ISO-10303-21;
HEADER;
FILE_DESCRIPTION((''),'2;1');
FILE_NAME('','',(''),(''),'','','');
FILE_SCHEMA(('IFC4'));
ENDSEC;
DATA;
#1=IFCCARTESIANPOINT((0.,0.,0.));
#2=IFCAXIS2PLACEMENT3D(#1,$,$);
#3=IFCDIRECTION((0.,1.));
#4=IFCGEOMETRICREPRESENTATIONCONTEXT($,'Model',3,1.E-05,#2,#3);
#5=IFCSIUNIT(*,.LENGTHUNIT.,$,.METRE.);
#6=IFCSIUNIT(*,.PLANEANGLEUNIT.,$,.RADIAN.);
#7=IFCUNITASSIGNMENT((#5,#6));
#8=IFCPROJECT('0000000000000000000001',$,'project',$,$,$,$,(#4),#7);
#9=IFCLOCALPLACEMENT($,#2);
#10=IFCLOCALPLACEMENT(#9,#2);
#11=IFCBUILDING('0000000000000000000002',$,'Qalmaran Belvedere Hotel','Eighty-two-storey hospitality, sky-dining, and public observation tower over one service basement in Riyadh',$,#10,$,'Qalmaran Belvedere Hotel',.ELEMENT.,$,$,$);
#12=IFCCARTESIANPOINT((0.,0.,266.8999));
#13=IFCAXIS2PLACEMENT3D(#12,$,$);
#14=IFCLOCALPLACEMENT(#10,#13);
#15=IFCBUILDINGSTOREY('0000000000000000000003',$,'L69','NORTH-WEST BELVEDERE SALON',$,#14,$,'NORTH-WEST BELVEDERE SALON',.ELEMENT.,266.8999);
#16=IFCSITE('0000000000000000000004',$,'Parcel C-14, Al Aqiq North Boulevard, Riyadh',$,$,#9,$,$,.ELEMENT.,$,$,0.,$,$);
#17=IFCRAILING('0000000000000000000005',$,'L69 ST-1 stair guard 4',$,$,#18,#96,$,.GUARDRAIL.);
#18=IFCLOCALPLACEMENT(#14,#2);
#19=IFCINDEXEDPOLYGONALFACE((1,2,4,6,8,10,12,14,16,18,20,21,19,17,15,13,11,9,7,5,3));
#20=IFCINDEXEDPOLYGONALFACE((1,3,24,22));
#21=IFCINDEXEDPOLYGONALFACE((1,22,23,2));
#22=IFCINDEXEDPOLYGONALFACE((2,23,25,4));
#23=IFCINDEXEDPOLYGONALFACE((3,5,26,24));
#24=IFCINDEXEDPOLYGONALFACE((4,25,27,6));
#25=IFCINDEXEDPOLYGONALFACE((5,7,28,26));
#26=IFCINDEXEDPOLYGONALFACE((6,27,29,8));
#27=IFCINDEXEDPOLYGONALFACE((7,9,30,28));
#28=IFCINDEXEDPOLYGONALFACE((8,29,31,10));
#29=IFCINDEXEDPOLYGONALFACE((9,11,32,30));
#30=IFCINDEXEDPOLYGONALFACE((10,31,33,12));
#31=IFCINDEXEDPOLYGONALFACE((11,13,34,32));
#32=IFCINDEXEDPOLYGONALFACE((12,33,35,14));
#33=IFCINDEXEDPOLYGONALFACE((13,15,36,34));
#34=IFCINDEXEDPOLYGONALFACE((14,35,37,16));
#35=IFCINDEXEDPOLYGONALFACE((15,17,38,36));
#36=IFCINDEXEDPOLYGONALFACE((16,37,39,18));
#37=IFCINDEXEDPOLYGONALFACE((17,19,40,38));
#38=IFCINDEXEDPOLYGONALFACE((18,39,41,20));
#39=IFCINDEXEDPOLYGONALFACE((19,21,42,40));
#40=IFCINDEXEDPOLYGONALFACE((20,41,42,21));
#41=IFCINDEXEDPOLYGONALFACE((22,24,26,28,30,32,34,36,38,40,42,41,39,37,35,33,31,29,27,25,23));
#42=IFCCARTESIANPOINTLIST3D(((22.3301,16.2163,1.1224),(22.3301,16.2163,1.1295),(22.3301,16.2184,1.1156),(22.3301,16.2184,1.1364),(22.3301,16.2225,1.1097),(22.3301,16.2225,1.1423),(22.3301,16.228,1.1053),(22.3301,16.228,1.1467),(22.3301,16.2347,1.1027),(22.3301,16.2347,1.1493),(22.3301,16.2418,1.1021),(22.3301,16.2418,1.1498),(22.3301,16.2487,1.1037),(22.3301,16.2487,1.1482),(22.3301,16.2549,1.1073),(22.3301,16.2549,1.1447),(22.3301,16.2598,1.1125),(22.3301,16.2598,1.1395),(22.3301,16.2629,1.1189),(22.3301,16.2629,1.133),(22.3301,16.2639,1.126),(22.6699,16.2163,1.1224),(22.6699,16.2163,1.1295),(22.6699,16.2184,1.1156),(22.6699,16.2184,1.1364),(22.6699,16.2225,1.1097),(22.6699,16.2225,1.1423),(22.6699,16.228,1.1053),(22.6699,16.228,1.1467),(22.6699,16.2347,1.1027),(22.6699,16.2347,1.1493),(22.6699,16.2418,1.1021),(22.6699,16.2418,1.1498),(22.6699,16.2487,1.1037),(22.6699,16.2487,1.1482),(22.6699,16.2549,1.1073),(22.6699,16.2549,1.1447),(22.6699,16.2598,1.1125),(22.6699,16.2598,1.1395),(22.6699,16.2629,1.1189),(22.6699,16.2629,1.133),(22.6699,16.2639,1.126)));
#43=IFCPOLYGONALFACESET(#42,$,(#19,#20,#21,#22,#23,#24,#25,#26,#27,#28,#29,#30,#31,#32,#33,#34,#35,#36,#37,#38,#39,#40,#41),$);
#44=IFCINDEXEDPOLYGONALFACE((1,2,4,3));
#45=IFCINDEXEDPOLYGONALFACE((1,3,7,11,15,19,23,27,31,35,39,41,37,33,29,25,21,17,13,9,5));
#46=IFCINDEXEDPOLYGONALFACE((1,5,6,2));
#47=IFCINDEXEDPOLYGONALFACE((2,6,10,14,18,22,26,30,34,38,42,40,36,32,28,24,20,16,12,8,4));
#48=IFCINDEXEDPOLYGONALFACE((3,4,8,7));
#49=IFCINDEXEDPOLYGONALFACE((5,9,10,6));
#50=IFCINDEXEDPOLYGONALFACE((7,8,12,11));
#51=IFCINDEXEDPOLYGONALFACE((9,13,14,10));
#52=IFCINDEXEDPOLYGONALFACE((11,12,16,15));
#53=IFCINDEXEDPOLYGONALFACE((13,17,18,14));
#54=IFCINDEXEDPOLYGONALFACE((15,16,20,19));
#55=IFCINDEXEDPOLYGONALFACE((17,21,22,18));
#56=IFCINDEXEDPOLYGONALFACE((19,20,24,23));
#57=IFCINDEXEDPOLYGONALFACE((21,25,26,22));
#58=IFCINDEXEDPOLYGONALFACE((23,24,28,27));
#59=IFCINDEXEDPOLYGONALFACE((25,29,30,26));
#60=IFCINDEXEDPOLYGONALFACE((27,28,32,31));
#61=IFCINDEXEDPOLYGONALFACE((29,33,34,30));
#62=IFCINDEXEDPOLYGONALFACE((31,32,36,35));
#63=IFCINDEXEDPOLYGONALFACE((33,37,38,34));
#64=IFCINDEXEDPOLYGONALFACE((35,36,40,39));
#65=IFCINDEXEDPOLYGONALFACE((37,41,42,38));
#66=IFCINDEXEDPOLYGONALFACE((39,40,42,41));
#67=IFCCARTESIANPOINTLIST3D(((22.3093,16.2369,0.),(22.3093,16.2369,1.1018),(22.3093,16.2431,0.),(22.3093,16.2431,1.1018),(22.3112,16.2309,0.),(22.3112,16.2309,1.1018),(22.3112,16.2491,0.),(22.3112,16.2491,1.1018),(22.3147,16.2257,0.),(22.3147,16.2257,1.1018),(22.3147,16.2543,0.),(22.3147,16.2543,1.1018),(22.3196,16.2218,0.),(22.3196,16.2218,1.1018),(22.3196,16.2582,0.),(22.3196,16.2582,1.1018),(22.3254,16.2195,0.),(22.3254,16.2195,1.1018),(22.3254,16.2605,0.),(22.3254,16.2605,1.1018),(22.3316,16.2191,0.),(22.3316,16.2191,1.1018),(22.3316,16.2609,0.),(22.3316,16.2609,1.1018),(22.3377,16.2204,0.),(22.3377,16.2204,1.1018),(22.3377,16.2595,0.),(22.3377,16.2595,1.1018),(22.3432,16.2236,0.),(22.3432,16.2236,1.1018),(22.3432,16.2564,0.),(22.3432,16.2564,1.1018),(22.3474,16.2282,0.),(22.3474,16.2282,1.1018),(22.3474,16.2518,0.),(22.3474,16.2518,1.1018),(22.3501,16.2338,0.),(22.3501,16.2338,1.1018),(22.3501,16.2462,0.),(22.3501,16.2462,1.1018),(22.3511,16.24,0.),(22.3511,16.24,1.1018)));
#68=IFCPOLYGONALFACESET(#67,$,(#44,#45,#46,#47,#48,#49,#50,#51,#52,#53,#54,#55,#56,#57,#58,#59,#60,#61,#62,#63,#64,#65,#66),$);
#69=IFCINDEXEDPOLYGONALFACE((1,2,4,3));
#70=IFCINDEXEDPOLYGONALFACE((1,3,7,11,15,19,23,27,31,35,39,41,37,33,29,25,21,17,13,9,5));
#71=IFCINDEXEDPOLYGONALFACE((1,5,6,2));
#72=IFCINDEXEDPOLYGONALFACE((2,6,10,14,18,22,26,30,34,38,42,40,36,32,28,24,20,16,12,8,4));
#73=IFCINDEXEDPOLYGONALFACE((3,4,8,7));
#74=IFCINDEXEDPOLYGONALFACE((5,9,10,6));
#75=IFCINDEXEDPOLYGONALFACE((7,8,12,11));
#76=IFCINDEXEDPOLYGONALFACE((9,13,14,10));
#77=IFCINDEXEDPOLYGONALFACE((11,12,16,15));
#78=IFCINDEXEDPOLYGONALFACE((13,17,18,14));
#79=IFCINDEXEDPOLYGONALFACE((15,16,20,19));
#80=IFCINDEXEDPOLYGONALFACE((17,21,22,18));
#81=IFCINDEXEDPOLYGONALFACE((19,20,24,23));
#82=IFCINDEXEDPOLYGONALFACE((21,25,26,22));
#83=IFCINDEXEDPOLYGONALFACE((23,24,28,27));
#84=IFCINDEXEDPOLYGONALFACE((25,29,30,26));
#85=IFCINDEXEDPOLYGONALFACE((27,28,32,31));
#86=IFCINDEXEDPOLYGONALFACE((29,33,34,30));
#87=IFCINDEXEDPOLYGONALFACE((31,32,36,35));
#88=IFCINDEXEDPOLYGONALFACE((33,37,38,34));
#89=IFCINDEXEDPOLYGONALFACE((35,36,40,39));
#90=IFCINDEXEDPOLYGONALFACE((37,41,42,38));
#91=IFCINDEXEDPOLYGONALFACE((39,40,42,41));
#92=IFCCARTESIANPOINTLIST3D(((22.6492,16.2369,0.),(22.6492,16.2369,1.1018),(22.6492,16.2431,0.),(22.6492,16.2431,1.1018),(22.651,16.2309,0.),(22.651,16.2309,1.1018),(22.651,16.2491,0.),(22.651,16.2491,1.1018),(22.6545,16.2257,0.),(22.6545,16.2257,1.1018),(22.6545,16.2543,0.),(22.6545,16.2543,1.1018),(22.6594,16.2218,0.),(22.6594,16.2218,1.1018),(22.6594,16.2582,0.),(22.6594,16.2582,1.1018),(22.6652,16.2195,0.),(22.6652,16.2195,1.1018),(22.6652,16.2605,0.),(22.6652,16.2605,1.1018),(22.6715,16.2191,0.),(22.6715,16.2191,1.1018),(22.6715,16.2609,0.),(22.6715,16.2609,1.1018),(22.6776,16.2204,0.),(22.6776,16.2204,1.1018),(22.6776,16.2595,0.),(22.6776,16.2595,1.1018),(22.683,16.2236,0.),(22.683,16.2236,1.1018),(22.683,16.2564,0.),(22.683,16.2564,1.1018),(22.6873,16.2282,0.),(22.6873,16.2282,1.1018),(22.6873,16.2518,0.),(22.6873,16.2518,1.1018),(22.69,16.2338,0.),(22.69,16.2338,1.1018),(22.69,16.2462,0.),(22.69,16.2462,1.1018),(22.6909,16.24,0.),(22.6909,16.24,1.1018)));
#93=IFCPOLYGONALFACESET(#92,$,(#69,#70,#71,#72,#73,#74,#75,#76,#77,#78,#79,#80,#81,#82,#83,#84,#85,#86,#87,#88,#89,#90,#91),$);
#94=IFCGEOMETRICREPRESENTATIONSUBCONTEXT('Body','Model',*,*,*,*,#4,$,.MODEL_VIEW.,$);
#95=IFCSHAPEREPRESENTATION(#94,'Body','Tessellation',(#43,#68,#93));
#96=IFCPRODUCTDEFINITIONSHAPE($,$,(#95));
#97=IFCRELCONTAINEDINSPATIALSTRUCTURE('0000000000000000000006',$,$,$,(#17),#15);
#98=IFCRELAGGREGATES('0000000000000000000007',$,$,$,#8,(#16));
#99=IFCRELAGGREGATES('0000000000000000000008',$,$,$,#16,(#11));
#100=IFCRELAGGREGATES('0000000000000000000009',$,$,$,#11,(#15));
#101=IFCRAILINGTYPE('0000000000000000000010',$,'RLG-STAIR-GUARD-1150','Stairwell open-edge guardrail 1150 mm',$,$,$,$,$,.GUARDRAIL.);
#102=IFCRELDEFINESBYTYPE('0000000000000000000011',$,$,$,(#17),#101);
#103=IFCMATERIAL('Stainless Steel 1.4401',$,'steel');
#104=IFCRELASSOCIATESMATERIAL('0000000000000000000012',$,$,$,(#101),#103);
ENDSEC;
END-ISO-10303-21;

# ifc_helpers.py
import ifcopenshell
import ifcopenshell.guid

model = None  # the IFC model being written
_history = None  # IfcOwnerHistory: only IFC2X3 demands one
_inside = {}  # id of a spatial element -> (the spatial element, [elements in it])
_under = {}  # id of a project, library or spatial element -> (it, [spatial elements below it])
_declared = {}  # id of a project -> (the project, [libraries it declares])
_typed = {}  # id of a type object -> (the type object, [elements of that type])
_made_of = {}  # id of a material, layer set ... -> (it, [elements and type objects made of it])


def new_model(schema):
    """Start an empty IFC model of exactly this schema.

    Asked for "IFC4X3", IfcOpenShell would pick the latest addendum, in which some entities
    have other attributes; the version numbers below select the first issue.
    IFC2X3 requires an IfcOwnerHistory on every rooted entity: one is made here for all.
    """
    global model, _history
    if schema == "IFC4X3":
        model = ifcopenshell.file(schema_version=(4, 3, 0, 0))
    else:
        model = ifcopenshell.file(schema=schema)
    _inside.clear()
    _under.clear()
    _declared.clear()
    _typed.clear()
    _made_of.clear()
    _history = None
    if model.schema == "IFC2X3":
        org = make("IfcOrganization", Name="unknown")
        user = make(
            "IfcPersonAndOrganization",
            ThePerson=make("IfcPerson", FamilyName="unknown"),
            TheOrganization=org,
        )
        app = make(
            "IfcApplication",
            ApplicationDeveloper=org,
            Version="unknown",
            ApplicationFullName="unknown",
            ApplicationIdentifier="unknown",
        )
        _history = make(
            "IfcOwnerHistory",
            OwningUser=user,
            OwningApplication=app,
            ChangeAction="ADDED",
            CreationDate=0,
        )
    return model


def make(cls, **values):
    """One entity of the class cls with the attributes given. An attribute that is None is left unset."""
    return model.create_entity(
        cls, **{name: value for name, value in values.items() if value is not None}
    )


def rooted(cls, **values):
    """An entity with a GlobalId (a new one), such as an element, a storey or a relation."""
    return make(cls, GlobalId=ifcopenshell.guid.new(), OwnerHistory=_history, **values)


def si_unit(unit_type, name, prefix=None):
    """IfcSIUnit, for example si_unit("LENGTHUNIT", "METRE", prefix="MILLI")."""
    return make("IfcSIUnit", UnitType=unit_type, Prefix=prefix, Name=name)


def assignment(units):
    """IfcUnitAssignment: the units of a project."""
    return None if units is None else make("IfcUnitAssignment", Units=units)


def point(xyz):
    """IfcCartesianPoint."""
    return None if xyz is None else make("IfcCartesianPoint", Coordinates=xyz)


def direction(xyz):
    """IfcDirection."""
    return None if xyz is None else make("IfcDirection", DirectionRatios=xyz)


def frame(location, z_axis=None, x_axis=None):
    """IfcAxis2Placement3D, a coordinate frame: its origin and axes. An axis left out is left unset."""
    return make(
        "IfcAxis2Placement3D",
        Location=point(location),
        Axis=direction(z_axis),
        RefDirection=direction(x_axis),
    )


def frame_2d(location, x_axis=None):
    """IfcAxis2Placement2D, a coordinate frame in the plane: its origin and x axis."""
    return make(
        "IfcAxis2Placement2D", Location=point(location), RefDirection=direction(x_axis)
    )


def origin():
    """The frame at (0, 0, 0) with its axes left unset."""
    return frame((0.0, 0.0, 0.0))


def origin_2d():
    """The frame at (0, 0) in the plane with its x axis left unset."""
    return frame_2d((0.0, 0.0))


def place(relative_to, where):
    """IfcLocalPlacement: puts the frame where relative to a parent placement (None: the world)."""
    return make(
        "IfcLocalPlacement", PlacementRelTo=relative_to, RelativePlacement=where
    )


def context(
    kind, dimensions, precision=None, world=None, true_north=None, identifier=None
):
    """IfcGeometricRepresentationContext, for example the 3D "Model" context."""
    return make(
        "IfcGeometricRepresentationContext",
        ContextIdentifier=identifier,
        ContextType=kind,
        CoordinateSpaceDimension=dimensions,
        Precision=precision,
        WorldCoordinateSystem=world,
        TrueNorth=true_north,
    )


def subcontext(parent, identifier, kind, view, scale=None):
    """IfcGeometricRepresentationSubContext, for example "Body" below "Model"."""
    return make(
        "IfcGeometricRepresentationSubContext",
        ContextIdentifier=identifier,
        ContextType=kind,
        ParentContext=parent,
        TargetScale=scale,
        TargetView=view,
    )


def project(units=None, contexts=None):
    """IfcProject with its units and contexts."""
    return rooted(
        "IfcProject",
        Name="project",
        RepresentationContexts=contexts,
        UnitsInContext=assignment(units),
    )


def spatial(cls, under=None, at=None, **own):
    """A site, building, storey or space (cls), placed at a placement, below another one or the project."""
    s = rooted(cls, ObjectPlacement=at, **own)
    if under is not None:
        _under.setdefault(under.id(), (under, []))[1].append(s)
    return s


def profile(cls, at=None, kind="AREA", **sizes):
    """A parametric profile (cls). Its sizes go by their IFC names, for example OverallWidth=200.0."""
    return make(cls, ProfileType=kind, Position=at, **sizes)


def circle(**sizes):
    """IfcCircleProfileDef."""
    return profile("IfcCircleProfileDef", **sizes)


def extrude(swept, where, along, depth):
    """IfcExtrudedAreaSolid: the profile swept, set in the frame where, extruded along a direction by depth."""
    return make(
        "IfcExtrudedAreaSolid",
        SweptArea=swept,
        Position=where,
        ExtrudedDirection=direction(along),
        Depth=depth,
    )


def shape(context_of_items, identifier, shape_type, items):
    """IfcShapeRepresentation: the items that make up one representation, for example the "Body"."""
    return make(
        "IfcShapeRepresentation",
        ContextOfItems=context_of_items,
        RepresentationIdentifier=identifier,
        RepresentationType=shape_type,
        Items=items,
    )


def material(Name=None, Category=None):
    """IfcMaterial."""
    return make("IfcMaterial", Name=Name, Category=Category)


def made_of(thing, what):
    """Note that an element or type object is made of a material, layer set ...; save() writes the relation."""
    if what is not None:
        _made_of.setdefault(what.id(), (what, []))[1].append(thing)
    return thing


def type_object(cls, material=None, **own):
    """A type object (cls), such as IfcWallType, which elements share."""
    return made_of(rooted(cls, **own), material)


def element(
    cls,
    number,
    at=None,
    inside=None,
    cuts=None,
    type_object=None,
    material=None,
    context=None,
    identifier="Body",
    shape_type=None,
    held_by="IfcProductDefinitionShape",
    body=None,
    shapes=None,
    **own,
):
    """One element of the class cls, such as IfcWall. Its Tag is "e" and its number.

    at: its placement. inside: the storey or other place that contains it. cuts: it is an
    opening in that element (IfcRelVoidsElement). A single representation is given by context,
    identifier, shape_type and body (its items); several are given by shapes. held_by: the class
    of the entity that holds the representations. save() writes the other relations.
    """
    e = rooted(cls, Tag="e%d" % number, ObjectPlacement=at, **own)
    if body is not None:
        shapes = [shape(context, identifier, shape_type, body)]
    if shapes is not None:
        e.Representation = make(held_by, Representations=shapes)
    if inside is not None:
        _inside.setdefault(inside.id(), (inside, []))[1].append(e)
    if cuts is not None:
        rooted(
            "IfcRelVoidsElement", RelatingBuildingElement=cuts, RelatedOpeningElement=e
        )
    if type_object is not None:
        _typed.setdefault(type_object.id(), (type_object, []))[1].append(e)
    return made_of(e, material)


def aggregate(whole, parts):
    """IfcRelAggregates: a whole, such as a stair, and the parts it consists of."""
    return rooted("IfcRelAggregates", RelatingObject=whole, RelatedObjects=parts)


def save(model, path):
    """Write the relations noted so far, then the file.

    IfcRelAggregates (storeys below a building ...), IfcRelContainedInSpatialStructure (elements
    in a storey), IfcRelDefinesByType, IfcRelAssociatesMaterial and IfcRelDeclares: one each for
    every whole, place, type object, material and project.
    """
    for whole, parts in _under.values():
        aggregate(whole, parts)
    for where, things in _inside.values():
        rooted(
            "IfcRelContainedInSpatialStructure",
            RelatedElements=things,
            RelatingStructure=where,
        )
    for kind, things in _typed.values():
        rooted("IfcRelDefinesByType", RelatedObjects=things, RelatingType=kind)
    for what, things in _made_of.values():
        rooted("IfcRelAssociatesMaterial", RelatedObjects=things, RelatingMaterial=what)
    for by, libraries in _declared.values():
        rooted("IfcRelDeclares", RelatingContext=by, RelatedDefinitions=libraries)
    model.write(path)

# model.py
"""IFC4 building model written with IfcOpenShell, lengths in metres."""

from ifc_helpers import new_model, si_unit, direction, frame, origin, origin_2d, place, context, subcontext, project, spatial, circle, extrude, material, type_object, element, save


model = new_model("IFC4")

# Units and contexts
model_context = context("Model", 3, precision=1e-05, world=origin(), true_north=direction((0.0, 1.0)))
body_context = subcontext(model_context, "Body", "Model", "MODEL_VIEW")
ifc_project = project(units=[si_unit("LENGTHUNIT", "METRE"), si_unit("PLANEANGLEUNIT", "RADIAN")], contexts=[model_context])

# Site, building, storey
site_placement = place(None, origin())
site = spatial("IfcSite", under=ifc_project, at=site_placement, Name="Parcel C-14, Al Aqiq North Boulevard, Riyadh", CompositionType="ELEMENT", RefElevation=0.0)
building_placement = place(site_placement, origin())
building = spatial("IfcBuilding", under=site, at=building_placement, Name="Qalmaran Belvedere Hotel", Description="Eighty-two-storey hospitality, sky-dining, and public observation tower over one service basement in Riyadh", LongName="Qalmaran Belvedere Hotel", CompositionType="ELEMENT")
storey_placement = place(building_placement, frame((0.0, 0.0, 266.8999)))
storey = spatial("IfcBuildingStorey", under=building, at=storey_placement, Name="L69", Description="NORTH-WEST BELVEDERE SALON", LongName="NORTH-WEST BELVEDERE SALON", CompositionType="ELEMENT", Elevation=266.8999)

# Shared definitions
ifc_material_1 = material(Name="Stainless Steel 1.4401", Category="steel")

# Railing
railing_type_1 = type_object("IfcRailingType", Name="RLG-STAIR-GUARD-1150", Description="Stairwell open-edge guardrail 1150 mm", PredefinedType="GUARDRAIL", material=ifc_material_1)
railing_1_placement = place(storey_placement, frame((22.3301, 16.24, 0.0)))
element("IfcRailing", 1, at=railing_1_placement, inside=storey, type_object=railing_type_1, Name="L69 ST-1 stair guard 4", PredefinedType="GUARDRAIL", context=body_context, shape_type="SweptSolid", body=[
    extrude(circle(Radius=0.0239, at=origin_2d()), frame((0.0, 0.0, 1.126), z_axis=(1.0, 0.0, 0.0), x_axis=(0.0, 1.0, 0.0)), (0.0, 0.0, 1.0), 0.3398),
    extrude(circle(Radius=0.021, at=origin_2d()), origin(), (0.0, 0.0, 1.0), 1.1018),
    extrude(circle(Radius=0.021, at=origin_2d()), frame((0.3398, 0.0, 0.0)), (0.0, 0.0, 1.0), 1.1018),
])

save(model, "model.ifc")
